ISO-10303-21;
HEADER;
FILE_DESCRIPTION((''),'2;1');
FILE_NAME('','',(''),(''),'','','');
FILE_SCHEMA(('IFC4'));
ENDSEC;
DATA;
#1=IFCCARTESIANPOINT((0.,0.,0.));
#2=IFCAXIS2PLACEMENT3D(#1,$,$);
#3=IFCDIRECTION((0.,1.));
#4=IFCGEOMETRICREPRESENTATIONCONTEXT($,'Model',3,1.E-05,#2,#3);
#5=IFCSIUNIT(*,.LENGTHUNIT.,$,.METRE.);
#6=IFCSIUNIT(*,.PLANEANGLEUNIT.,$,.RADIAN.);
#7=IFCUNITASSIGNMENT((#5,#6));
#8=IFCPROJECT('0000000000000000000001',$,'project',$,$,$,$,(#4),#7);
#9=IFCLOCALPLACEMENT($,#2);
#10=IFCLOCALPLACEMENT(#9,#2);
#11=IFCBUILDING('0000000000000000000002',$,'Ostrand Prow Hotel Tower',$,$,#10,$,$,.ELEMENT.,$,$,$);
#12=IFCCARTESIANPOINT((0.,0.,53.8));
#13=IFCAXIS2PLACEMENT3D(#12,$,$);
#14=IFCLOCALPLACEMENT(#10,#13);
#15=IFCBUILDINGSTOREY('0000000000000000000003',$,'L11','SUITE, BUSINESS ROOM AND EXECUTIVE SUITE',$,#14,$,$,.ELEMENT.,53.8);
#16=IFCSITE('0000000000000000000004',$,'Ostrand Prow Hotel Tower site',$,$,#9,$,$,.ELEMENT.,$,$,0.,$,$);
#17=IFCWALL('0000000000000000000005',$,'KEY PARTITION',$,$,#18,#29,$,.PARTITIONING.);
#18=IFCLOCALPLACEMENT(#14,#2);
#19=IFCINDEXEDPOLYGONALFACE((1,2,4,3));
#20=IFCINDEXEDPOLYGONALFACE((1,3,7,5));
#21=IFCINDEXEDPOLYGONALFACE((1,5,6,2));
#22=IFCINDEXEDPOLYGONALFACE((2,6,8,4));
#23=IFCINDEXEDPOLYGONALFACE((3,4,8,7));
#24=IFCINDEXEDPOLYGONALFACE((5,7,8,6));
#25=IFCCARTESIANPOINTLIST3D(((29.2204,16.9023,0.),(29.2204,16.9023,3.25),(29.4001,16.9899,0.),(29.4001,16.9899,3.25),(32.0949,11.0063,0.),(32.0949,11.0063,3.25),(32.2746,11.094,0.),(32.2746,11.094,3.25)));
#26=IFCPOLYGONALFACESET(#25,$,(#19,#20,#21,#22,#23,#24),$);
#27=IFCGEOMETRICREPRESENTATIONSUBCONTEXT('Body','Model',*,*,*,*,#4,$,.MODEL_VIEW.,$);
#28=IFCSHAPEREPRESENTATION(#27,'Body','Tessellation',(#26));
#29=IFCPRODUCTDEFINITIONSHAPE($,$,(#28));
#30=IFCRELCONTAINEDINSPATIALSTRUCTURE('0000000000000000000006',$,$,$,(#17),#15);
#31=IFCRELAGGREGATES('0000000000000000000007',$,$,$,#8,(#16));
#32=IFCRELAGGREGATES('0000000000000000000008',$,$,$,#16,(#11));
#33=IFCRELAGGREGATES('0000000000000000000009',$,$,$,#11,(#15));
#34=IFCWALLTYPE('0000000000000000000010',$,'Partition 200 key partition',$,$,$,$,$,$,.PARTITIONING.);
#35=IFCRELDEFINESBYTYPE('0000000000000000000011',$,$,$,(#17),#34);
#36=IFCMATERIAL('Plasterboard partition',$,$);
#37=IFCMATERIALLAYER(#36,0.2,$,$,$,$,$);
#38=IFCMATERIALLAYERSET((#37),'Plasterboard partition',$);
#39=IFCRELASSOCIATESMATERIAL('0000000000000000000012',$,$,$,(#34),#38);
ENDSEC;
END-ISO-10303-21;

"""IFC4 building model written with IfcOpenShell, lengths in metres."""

from ifc_helpers import new_model, si_unit, direction, frame, frame_2d, origin, place, context, subcontext, project, spatial, rectangle, extrude, material, layer, layer_set, type_object, element, save


model = new_model("IFC4")

# Units and contexts
model_context = context("Model", 3, precision=1e-05, world=origin(), true_north=direction((0.0, 1.0)))
body_context = subcontext(model_context, "Body", "Model", "MODEL_VIEW")
ifc_project = project(units=[si_unit("LENGTHUNIT", "METRE"), si_unit("PLANEANGLEUNIT", "RADIAN")], contexts=[model_context])

# Site, building, storey
site_placement = place(None, origin())
site = spatial("IfcSite", under=ifc_project, at=site_placement, Name="Ostrand Prow Hotel Tower site", CompositionType="ELEMENT", RefElevation=0.0)
building_placement = place(site_placement, origin())
building = spatial("IfcBuilding", under=site, at=building_placement, Name="Ostrand Prow Hotel Tower", CompositionType="ELEMENT")
storey_placement = place(building_placement, frame((0.0, 0.0, 53.8)))
storey = spatial("IfcBuildingStorey", under=building, at=storey_placement, Name="L11", Description="SUITE, BUSINESS ROOM AND EXECUTIVE SUITE", CompositionType="ELEMENT", Elevation=53.8)

# Wall
ifc_material_1 = material(Name="Plasterboard partition")
ifc_layer_1 = layer(ifc_material_1, 0.2)
ifc_layer_set_1 = layer_set([ifc_layer_1], Name="Plasterboard partition")
wall_type_1 = type_object("IfcWallType", Name="Partition 200 key partition", PredefinedType="PARTITIONING", material=ifc_layer_set_1)
wall_1_placement = place(storey_placement, frame((32.1848, 11.05, 0.0), z_axis=(0.0, 0.0, 1.0), x_axis=(-0.438229, 0.898864, 0.0)))
element("IfcWall", 1, at=wall_1_placement, inside=storey, type_object=wall_type_1, Name="KEY PARTITION", PredefinedType="PARTITIONING", context=body_context, shape_type="SweptSolid", body=[
    extrude(rectangle(XDim=6.5593, YDim=0.2, at=frame_2d((3.2798, 0.0))), origin(), (0.0, 0.0, 1.0), 3.25),
])

save(model, "model.ifc")
